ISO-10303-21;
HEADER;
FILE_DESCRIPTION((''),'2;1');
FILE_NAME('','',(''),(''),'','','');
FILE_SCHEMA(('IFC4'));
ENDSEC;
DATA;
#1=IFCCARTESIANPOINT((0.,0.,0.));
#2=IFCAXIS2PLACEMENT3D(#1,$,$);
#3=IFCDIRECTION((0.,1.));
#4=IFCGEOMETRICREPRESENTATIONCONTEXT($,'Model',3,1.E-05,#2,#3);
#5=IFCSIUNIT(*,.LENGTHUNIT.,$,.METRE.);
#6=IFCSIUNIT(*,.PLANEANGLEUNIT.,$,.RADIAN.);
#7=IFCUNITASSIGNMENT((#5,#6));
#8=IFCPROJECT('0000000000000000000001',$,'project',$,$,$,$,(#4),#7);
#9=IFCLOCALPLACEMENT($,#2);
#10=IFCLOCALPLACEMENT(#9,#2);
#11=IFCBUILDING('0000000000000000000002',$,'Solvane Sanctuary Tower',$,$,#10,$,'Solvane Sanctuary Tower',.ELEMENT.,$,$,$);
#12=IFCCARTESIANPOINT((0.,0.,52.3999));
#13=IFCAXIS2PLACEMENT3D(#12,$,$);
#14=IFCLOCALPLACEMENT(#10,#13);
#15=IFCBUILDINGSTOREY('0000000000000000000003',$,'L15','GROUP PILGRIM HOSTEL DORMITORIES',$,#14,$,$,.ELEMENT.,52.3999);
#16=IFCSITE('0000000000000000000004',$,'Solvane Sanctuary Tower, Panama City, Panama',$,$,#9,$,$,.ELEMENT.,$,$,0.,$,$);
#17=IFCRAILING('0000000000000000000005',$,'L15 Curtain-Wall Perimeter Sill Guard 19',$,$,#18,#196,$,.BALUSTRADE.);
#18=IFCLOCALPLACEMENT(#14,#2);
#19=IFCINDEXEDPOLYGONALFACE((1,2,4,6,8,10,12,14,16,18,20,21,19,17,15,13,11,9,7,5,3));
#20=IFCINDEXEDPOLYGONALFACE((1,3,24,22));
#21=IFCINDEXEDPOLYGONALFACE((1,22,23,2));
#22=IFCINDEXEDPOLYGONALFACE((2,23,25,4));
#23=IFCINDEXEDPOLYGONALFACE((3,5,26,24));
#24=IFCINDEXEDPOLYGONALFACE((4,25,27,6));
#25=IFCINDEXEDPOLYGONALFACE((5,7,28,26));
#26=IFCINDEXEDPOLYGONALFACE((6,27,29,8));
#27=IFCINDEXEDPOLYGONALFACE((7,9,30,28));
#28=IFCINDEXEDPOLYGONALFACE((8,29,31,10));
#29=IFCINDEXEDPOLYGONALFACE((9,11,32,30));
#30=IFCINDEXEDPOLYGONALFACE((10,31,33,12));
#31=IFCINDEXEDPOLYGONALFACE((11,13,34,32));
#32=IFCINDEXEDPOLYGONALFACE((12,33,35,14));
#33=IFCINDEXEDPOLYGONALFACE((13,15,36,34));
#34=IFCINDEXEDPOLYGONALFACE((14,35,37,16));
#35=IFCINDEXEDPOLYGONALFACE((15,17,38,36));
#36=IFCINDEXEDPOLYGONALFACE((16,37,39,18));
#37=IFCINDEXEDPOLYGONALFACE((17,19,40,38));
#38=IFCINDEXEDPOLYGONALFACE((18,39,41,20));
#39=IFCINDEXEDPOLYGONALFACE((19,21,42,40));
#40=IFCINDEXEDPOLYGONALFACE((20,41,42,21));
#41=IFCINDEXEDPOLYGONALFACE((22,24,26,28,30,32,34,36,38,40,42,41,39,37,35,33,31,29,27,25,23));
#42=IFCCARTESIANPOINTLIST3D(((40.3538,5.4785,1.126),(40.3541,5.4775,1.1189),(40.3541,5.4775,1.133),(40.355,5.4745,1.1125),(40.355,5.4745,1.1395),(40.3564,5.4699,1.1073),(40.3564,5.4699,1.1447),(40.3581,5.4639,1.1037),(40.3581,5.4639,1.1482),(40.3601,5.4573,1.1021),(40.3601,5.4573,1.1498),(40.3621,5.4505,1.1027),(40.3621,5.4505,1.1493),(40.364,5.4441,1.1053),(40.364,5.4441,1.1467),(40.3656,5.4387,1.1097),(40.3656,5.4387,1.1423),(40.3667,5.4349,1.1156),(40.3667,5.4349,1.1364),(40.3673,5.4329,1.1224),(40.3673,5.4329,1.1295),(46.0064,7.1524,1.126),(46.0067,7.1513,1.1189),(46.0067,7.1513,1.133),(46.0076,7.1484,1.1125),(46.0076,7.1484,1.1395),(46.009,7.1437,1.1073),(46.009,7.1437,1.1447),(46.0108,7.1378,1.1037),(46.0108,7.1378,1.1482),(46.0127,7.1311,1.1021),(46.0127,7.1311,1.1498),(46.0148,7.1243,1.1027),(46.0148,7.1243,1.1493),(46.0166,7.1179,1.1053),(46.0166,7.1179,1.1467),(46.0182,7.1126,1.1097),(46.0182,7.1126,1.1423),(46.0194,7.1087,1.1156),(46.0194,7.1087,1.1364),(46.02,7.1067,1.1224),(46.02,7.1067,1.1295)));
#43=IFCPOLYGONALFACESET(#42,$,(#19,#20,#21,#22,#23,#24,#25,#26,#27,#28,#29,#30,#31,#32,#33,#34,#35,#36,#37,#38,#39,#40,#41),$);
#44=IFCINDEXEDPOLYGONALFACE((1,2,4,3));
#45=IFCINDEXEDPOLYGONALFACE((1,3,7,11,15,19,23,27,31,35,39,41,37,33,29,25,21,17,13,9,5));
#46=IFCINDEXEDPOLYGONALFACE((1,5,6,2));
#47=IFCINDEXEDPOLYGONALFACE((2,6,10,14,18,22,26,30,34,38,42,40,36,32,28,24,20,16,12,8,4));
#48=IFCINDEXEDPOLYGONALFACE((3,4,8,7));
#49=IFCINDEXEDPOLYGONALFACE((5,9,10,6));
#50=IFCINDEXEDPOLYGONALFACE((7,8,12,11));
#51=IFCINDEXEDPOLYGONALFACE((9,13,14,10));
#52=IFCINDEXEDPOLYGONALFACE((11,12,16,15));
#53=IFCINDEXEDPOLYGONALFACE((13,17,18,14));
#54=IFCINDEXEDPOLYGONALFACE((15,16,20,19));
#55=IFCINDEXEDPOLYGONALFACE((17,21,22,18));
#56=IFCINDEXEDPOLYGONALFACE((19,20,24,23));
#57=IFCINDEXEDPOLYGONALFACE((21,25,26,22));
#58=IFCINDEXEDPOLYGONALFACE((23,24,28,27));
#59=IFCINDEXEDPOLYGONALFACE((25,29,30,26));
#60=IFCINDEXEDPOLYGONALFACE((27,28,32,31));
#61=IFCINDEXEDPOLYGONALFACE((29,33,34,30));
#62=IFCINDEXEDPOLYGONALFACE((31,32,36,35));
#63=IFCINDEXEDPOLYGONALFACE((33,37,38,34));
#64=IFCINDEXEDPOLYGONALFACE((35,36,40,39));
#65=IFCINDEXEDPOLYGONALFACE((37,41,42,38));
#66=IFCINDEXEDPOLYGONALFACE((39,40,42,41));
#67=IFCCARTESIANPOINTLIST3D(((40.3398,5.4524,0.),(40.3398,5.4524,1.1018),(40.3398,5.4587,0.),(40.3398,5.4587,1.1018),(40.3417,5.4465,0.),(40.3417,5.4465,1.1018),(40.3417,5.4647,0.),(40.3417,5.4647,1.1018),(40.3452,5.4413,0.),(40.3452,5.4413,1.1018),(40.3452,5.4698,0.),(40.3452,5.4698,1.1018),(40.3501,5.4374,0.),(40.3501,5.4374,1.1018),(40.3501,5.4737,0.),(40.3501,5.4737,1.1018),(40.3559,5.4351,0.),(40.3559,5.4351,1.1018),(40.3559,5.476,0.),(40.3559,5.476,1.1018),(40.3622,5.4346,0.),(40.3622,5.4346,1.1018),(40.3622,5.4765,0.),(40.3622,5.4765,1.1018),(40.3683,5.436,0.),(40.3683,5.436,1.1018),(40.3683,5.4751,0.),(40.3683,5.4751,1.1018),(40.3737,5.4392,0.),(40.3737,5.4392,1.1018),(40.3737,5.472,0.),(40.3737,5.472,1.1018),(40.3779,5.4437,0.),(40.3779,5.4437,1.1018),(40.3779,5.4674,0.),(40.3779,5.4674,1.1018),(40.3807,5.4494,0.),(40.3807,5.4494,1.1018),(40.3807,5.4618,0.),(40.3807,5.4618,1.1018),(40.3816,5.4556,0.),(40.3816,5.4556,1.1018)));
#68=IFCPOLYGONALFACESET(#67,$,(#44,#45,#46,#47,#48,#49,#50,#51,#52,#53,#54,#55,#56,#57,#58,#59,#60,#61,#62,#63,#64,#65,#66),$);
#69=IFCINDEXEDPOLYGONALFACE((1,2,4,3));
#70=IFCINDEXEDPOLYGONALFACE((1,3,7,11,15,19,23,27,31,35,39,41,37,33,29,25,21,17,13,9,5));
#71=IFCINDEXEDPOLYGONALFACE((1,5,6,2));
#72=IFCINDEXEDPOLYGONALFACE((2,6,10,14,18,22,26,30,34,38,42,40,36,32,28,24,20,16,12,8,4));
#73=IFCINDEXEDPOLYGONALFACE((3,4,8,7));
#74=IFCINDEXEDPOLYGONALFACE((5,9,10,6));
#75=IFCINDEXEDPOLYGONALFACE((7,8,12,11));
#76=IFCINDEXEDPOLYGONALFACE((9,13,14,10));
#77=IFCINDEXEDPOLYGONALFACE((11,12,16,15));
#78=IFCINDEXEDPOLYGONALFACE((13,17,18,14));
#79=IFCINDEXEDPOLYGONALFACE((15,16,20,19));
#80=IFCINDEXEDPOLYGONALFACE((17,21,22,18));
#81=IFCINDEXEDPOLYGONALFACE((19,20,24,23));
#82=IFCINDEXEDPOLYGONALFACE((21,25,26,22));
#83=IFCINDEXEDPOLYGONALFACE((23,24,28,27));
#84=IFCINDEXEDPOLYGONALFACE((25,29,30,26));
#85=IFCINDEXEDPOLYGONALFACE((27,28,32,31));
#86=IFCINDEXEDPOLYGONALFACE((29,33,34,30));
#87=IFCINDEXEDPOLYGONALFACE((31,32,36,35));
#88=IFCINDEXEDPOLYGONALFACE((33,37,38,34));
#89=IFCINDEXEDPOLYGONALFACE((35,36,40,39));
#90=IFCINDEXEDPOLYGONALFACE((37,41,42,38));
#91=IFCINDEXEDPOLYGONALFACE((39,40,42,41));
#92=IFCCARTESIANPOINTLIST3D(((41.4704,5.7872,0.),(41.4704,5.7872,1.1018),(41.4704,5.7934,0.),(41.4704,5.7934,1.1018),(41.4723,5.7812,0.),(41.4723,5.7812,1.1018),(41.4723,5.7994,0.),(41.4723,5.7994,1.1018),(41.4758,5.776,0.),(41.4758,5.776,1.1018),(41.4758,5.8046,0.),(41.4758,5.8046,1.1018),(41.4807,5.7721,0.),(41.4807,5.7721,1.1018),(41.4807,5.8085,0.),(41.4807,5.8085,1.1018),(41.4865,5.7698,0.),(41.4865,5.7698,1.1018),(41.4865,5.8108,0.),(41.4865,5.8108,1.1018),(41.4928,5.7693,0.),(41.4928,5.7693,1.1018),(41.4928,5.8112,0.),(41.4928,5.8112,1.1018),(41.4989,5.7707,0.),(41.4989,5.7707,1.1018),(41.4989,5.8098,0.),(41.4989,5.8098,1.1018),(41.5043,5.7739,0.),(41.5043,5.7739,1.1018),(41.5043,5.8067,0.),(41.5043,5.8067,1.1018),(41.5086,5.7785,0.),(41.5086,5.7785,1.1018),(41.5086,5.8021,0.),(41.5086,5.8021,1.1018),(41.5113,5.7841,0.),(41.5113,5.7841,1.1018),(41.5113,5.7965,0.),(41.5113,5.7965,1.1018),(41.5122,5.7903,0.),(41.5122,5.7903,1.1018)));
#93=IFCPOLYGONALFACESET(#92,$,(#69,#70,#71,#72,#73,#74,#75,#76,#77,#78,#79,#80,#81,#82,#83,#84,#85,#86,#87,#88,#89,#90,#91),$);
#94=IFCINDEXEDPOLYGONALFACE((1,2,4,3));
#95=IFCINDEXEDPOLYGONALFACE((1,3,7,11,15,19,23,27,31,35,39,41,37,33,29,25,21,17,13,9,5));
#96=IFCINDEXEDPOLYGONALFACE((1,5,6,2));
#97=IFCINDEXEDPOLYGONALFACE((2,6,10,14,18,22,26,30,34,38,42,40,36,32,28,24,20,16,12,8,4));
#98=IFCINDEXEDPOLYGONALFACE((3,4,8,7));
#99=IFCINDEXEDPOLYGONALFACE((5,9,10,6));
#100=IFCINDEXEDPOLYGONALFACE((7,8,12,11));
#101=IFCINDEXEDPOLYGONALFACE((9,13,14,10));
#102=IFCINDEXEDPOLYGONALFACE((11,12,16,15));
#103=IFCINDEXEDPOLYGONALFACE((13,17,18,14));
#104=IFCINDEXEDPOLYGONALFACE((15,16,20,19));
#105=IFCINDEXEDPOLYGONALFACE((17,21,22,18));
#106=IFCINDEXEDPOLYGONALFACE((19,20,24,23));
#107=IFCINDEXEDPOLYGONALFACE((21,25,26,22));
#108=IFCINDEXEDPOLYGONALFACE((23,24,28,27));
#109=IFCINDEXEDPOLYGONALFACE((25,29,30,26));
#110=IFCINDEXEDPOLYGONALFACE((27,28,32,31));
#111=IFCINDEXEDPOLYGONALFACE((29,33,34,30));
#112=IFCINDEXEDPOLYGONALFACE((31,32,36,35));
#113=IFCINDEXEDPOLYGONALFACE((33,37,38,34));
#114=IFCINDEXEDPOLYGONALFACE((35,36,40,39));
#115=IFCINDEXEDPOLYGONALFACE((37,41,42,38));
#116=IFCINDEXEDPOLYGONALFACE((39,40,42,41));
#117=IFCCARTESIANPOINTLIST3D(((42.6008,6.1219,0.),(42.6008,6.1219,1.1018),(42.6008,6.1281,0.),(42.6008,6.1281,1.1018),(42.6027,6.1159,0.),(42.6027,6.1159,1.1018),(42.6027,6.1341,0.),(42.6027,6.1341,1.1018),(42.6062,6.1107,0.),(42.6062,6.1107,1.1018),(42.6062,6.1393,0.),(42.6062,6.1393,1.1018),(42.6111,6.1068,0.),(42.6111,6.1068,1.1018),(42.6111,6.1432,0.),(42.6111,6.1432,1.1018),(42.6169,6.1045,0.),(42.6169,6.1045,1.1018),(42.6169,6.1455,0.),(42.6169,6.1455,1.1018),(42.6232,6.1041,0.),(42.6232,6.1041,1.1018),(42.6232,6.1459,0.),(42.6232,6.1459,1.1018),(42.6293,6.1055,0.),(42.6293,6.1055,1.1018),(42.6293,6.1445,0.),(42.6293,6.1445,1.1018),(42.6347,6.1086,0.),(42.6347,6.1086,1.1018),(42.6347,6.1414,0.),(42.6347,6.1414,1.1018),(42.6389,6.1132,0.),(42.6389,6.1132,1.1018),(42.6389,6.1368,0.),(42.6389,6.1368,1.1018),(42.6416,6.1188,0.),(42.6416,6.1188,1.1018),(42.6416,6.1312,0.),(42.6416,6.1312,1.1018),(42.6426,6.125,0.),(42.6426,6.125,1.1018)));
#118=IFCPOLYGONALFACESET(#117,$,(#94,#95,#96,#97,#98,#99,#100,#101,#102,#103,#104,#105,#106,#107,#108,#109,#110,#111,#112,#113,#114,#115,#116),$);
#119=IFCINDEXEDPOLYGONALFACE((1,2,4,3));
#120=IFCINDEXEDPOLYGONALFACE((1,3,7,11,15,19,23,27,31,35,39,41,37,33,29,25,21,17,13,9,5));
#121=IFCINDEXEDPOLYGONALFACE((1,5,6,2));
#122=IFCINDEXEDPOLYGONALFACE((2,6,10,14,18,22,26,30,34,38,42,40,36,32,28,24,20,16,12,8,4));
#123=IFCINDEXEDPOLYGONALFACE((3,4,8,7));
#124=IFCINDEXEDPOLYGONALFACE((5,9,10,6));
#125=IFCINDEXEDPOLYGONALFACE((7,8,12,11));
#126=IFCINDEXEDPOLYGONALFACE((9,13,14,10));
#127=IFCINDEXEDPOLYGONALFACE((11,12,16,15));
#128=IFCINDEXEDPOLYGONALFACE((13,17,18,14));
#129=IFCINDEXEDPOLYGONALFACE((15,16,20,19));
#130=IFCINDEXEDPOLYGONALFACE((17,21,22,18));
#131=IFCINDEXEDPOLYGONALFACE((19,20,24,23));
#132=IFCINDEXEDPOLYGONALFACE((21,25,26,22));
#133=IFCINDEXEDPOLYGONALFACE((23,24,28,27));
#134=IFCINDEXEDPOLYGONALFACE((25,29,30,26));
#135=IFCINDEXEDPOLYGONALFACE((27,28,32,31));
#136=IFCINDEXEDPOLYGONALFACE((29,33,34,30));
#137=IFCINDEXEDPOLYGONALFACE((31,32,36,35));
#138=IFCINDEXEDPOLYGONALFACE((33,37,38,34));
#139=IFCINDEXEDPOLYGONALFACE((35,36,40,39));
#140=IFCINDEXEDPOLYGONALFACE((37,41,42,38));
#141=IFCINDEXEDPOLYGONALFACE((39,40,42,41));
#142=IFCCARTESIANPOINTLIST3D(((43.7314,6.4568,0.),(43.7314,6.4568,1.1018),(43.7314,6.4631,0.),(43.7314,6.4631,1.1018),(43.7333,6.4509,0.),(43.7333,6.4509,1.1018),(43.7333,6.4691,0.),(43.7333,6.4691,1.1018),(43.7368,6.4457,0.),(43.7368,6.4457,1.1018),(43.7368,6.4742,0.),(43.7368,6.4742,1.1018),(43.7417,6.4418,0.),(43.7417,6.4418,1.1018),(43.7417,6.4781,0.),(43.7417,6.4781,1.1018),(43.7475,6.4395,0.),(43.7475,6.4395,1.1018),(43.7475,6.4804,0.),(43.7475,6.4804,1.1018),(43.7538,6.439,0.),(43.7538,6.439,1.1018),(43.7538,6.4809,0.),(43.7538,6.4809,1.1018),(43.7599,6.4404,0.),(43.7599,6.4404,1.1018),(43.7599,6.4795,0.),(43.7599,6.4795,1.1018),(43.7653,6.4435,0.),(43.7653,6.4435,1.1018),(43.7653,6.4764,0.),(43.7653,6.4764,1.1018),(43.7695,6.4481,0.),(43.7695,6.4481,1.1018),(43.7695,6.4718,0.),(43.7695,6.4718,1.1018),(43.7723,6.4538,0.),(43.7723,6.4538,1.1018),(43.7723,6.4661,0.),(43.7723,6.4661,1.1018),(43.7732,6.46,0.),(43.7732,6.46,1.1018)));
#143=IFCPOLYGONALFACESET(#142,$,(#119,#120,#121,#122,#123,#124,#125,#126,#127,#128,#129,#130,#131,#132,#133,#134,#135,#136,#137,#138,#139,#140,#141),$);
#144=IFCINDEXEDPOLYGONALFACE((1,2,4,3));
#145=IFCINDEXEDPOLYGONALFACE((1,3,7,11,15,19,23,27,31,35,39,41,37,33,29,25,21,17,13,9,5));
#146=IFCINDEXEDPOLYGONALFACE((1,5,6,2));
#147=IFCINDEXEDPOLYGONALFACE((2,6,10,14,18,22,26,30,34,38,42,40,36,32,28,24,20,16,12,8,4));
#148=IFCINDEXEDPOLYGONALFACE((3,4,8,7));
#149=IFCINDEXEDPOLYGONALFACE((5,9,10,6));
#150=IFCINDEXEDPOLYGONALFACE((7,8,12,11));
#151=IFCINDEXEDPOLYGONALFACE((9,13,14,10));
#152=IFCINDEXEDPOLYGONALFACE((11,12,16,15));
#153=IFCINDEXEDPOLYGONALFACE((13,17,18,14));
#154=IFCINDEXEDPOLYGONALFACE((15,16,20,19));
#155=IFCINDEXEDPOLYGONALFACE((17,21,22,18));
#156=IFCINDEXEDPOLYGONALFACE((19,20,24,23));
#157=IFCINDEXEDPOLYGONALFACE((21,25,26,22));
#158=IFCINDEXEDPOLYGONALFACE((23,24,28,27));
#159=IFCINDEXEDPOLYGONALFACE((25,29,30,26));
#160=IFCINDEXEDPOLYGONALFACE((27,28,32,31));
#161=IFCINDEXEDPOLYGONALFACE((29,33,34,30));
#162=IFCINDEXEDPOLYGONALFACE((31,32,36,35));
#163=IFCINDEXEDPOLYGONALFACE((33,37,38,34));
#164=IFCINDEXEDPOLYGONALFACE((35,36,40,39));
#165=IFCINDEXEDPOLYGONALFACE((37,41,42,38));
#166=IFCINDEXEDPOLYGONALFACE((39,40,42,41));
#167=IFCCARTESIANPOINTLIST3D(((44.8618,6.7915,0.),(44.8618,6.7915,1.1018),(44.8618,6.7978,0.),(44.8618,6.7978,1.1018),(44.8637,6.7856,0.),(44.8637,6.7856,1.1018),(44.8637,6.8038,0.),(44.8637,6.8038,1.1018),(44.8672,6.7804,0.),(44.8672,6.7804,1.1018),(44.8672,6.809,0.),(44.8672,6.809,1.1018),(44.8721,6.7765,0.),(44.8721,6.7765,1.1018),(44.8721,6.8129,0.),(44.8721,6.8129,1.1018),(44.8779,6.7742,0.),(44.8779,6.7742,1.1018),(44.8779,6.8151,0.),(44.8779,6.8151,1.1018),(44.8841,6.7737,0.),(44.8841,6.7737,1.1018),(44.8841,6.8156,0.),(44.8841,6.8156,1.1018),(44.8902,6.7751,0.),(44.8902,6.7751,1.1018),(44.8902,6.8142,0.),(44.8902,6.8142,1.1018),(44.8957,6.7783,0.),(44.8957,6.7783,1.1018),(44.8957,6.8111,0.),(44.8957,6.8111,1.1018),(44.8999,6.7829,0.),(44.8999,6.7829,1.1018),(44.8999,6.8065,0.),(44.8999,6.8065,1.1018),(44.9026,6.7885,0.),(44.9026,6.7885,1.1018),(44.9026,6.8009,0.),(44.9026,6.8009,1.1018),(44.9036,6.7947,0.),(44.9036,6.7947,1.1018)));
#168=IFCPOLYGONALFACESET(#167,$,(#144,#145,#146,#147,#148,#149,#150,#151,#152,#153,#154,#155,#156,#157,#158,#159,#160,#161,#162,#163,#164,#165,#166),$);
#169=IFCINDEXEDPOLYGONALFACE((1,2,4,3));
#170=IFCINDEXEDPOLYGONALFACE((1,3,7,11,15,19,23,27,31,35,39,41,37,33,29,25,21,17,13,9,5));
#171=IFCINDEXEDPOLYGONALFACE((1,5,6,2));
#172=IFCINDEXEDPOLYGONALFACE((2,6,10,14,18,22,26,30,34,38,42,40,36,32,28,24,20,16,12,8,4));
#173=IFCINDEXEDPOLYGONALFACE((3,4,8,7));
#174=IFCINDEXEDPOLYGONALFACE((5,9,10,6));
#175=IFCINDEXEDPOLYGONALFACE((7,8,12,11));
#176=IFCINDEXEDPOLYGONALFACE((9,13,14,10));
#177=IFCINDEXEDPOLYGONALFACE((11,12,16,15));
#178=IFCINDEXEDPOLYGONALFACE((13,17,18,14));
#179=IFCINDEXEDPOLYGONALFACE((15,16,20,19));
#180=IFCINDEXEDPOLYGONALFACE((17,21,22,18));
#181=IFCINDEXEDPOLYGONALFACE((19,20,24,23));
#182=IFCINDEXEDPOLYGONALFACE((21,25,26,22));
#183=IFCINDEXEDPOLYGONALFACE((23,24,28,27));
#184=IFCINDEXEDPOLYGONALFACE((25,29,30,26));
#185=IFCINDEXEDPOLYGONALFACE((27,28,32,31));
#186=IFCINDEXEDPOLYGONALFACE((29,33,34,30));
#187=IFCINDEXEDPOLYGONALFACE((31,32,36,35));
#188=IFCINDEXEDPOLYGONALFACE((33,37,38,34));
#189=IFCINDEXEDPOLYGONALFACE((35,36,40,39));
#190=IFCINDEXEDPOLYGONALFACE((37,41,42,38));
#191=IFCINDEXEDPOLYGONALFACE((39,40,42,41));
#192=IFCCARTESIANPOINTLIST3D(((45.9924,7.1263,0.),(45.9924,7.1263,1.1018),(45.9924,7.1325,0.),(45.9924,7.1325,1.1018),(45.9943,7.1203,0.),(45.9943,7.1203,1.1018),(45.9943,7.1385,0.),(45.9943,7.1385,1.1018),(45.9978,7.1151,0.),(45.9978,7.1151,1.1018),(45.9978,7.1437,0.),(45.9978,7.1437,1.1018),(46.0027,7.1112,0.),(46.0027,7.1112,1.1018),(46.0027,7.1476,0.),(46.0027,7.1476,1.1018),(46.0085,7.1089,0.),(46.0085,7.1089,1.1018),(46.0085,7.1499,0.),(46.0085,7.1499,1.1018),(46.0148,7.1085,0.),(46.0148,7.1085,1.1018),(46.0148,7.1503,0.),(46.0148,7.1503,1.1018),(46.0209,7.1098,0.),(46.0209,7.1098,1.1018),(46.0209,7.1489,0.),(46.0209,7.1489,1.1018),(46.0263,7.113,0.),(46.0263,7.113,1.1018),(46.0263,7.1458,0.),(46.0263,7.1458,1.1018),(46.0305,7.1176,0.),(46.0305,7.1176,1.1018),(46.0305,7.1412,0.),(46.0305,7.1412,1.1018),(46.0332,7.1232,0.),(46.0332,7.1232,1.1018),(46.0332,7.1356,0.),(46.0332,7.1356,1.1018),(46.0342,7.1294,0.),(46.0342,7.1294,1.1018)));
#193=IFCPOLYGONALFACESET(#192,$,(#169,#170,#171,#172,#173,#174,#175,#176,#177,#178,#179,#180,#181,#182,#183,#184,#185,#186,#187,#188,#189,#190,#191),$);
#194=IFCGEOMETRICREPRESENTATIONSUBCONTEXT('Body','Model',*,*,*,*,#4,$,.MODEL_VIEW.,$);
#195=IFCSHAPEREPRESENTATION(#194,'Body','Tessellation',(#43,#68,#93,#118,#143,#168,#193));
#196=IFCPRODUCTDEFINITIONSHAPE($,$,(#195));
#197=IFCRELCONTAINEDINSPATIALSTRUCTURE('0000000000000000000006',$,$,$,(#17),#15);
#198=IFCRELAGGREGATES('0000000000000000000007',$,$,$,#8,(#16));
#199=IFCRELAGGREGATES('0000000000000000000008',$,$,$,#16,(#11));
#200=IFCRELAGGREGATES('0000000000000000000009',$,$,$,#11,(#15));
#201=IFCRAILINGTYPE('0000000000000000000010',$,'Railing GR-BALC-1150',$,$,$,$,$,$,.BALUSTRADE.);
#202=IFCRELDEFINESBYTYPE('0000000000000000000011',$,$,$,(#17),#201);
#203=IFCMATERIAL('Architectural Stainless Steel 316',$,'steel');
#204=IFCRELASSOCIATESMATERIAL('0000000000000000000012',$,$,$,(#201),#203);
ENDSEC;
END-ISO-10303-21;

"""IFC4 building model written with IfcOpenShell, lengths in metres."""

from ifc_helpers import new_model, si_unit, direction, frame, origin, origin_2d, place, context, subcontext, project, spatial, circle, extrude, material, type_object, element, save


model = new_model("IFC4")

# Units and contexts
model_context = context("Model", 3, precision=1e-05, world=origin(), true_north=direction((0.0, 1.0)))
body_context = subcontext(model_context, "Body", "Model", "MODEL_VIEW")
ifc_project = project(units=[si_unit("LENGTHUNIT", "METRE"), si_unit("PLANEANGLEUNIT", "RADIAN")], contexts=[model_context])

# Site, building, storey
site_placement = place(None, origin())
site = spatial("IfcSite", under=ifc_project, at=site_placement, Name="Solvane Sanctuary Tower, Panama City, Panama", CompositionType="ELEMENT", RefElevation=0.0)
building_placement = place(site_placement, origin())
building = spatial("IfcBuilding", under=site, at=building_placement, Name="Solvane Sanctuary Tower", LongName="Solvane Sanctuary Tower", CompositionType="ELEMENT")
storey_placement = place(building_placement, frame((0.0, 0.0, 52.3999)))
storey = spatial("IfcBuildingStorey", under=building, at=storey_placement, Name="L15", Description="GROUP PILGRIM HOSTEL DORMITORIES", CompositionType="ELEMENT", Elevation=52.3999)

# Shared definitions
ifc_material_1 = material(Name="Architectural Stainless Steel 316", Category="steel")

# Railing
railing_type = type_object("IfcRailingType", Name="Railing GR-BALC-1150", PredefinedType="BALUSTRADE", material=ifc_material_1)
railing_placement = place(storey_placement, frame((40.3606, 5.4556, 0.0)))
element("IfcRailing", 1, at=railing_placement, inside=storey, type_object=railing_type, Name="L15 Curtain-Wall Perimeter Sill Guard 19", PredefinedType="BALUSTRADE", context=body_context, shape_type="SweptSolid", body=[
    extrude(circle(Radius=0.0239, at=origin_2d()), frame((0.0, 0.0, 1.126), z_axis=(0.958845, 0.28393, 0.0), x_axis=(-0.28393, 0.958845, 0.0)), (0.0, 0.0, 1.0), 5.8953),
    extrude(circle(Radius=0.021, at=origin_2d()), origin(), (0.0, 0.0, 1.0), 1.1018),
    extrude(circle(Radius=0.021, at=origin_2d()), frame((1.1306, 0.3347, 0.0)), (0.0, 0.0, 1.0), 1.1018),
    extrude(circle(Radius=0.021, at=origin_2d()), frame((2.261, 0.6694, 0.0)), (0.0, 0.0, 1.0), 1.1018),
    extrude(circle(Radius=0.021, at=origin_2d()), frame((3.3916, 1.0044, 0.0)), (0.0, 0.0, 1.0), 1.1018),
    extrude(circle(Radius=0.021, at=origin_2d()), frame((4.522, 1.3391, 0.0)), (0.0, 0.0, 1.0), 1.1018),
    extrude(circle(Radius=0.021, at=origin_2d()), frame((5.6526, 1.6738, 0.0)), (0.0, 0.0, 1.0), 1.1018),
])

save(model, "model.ifc")
